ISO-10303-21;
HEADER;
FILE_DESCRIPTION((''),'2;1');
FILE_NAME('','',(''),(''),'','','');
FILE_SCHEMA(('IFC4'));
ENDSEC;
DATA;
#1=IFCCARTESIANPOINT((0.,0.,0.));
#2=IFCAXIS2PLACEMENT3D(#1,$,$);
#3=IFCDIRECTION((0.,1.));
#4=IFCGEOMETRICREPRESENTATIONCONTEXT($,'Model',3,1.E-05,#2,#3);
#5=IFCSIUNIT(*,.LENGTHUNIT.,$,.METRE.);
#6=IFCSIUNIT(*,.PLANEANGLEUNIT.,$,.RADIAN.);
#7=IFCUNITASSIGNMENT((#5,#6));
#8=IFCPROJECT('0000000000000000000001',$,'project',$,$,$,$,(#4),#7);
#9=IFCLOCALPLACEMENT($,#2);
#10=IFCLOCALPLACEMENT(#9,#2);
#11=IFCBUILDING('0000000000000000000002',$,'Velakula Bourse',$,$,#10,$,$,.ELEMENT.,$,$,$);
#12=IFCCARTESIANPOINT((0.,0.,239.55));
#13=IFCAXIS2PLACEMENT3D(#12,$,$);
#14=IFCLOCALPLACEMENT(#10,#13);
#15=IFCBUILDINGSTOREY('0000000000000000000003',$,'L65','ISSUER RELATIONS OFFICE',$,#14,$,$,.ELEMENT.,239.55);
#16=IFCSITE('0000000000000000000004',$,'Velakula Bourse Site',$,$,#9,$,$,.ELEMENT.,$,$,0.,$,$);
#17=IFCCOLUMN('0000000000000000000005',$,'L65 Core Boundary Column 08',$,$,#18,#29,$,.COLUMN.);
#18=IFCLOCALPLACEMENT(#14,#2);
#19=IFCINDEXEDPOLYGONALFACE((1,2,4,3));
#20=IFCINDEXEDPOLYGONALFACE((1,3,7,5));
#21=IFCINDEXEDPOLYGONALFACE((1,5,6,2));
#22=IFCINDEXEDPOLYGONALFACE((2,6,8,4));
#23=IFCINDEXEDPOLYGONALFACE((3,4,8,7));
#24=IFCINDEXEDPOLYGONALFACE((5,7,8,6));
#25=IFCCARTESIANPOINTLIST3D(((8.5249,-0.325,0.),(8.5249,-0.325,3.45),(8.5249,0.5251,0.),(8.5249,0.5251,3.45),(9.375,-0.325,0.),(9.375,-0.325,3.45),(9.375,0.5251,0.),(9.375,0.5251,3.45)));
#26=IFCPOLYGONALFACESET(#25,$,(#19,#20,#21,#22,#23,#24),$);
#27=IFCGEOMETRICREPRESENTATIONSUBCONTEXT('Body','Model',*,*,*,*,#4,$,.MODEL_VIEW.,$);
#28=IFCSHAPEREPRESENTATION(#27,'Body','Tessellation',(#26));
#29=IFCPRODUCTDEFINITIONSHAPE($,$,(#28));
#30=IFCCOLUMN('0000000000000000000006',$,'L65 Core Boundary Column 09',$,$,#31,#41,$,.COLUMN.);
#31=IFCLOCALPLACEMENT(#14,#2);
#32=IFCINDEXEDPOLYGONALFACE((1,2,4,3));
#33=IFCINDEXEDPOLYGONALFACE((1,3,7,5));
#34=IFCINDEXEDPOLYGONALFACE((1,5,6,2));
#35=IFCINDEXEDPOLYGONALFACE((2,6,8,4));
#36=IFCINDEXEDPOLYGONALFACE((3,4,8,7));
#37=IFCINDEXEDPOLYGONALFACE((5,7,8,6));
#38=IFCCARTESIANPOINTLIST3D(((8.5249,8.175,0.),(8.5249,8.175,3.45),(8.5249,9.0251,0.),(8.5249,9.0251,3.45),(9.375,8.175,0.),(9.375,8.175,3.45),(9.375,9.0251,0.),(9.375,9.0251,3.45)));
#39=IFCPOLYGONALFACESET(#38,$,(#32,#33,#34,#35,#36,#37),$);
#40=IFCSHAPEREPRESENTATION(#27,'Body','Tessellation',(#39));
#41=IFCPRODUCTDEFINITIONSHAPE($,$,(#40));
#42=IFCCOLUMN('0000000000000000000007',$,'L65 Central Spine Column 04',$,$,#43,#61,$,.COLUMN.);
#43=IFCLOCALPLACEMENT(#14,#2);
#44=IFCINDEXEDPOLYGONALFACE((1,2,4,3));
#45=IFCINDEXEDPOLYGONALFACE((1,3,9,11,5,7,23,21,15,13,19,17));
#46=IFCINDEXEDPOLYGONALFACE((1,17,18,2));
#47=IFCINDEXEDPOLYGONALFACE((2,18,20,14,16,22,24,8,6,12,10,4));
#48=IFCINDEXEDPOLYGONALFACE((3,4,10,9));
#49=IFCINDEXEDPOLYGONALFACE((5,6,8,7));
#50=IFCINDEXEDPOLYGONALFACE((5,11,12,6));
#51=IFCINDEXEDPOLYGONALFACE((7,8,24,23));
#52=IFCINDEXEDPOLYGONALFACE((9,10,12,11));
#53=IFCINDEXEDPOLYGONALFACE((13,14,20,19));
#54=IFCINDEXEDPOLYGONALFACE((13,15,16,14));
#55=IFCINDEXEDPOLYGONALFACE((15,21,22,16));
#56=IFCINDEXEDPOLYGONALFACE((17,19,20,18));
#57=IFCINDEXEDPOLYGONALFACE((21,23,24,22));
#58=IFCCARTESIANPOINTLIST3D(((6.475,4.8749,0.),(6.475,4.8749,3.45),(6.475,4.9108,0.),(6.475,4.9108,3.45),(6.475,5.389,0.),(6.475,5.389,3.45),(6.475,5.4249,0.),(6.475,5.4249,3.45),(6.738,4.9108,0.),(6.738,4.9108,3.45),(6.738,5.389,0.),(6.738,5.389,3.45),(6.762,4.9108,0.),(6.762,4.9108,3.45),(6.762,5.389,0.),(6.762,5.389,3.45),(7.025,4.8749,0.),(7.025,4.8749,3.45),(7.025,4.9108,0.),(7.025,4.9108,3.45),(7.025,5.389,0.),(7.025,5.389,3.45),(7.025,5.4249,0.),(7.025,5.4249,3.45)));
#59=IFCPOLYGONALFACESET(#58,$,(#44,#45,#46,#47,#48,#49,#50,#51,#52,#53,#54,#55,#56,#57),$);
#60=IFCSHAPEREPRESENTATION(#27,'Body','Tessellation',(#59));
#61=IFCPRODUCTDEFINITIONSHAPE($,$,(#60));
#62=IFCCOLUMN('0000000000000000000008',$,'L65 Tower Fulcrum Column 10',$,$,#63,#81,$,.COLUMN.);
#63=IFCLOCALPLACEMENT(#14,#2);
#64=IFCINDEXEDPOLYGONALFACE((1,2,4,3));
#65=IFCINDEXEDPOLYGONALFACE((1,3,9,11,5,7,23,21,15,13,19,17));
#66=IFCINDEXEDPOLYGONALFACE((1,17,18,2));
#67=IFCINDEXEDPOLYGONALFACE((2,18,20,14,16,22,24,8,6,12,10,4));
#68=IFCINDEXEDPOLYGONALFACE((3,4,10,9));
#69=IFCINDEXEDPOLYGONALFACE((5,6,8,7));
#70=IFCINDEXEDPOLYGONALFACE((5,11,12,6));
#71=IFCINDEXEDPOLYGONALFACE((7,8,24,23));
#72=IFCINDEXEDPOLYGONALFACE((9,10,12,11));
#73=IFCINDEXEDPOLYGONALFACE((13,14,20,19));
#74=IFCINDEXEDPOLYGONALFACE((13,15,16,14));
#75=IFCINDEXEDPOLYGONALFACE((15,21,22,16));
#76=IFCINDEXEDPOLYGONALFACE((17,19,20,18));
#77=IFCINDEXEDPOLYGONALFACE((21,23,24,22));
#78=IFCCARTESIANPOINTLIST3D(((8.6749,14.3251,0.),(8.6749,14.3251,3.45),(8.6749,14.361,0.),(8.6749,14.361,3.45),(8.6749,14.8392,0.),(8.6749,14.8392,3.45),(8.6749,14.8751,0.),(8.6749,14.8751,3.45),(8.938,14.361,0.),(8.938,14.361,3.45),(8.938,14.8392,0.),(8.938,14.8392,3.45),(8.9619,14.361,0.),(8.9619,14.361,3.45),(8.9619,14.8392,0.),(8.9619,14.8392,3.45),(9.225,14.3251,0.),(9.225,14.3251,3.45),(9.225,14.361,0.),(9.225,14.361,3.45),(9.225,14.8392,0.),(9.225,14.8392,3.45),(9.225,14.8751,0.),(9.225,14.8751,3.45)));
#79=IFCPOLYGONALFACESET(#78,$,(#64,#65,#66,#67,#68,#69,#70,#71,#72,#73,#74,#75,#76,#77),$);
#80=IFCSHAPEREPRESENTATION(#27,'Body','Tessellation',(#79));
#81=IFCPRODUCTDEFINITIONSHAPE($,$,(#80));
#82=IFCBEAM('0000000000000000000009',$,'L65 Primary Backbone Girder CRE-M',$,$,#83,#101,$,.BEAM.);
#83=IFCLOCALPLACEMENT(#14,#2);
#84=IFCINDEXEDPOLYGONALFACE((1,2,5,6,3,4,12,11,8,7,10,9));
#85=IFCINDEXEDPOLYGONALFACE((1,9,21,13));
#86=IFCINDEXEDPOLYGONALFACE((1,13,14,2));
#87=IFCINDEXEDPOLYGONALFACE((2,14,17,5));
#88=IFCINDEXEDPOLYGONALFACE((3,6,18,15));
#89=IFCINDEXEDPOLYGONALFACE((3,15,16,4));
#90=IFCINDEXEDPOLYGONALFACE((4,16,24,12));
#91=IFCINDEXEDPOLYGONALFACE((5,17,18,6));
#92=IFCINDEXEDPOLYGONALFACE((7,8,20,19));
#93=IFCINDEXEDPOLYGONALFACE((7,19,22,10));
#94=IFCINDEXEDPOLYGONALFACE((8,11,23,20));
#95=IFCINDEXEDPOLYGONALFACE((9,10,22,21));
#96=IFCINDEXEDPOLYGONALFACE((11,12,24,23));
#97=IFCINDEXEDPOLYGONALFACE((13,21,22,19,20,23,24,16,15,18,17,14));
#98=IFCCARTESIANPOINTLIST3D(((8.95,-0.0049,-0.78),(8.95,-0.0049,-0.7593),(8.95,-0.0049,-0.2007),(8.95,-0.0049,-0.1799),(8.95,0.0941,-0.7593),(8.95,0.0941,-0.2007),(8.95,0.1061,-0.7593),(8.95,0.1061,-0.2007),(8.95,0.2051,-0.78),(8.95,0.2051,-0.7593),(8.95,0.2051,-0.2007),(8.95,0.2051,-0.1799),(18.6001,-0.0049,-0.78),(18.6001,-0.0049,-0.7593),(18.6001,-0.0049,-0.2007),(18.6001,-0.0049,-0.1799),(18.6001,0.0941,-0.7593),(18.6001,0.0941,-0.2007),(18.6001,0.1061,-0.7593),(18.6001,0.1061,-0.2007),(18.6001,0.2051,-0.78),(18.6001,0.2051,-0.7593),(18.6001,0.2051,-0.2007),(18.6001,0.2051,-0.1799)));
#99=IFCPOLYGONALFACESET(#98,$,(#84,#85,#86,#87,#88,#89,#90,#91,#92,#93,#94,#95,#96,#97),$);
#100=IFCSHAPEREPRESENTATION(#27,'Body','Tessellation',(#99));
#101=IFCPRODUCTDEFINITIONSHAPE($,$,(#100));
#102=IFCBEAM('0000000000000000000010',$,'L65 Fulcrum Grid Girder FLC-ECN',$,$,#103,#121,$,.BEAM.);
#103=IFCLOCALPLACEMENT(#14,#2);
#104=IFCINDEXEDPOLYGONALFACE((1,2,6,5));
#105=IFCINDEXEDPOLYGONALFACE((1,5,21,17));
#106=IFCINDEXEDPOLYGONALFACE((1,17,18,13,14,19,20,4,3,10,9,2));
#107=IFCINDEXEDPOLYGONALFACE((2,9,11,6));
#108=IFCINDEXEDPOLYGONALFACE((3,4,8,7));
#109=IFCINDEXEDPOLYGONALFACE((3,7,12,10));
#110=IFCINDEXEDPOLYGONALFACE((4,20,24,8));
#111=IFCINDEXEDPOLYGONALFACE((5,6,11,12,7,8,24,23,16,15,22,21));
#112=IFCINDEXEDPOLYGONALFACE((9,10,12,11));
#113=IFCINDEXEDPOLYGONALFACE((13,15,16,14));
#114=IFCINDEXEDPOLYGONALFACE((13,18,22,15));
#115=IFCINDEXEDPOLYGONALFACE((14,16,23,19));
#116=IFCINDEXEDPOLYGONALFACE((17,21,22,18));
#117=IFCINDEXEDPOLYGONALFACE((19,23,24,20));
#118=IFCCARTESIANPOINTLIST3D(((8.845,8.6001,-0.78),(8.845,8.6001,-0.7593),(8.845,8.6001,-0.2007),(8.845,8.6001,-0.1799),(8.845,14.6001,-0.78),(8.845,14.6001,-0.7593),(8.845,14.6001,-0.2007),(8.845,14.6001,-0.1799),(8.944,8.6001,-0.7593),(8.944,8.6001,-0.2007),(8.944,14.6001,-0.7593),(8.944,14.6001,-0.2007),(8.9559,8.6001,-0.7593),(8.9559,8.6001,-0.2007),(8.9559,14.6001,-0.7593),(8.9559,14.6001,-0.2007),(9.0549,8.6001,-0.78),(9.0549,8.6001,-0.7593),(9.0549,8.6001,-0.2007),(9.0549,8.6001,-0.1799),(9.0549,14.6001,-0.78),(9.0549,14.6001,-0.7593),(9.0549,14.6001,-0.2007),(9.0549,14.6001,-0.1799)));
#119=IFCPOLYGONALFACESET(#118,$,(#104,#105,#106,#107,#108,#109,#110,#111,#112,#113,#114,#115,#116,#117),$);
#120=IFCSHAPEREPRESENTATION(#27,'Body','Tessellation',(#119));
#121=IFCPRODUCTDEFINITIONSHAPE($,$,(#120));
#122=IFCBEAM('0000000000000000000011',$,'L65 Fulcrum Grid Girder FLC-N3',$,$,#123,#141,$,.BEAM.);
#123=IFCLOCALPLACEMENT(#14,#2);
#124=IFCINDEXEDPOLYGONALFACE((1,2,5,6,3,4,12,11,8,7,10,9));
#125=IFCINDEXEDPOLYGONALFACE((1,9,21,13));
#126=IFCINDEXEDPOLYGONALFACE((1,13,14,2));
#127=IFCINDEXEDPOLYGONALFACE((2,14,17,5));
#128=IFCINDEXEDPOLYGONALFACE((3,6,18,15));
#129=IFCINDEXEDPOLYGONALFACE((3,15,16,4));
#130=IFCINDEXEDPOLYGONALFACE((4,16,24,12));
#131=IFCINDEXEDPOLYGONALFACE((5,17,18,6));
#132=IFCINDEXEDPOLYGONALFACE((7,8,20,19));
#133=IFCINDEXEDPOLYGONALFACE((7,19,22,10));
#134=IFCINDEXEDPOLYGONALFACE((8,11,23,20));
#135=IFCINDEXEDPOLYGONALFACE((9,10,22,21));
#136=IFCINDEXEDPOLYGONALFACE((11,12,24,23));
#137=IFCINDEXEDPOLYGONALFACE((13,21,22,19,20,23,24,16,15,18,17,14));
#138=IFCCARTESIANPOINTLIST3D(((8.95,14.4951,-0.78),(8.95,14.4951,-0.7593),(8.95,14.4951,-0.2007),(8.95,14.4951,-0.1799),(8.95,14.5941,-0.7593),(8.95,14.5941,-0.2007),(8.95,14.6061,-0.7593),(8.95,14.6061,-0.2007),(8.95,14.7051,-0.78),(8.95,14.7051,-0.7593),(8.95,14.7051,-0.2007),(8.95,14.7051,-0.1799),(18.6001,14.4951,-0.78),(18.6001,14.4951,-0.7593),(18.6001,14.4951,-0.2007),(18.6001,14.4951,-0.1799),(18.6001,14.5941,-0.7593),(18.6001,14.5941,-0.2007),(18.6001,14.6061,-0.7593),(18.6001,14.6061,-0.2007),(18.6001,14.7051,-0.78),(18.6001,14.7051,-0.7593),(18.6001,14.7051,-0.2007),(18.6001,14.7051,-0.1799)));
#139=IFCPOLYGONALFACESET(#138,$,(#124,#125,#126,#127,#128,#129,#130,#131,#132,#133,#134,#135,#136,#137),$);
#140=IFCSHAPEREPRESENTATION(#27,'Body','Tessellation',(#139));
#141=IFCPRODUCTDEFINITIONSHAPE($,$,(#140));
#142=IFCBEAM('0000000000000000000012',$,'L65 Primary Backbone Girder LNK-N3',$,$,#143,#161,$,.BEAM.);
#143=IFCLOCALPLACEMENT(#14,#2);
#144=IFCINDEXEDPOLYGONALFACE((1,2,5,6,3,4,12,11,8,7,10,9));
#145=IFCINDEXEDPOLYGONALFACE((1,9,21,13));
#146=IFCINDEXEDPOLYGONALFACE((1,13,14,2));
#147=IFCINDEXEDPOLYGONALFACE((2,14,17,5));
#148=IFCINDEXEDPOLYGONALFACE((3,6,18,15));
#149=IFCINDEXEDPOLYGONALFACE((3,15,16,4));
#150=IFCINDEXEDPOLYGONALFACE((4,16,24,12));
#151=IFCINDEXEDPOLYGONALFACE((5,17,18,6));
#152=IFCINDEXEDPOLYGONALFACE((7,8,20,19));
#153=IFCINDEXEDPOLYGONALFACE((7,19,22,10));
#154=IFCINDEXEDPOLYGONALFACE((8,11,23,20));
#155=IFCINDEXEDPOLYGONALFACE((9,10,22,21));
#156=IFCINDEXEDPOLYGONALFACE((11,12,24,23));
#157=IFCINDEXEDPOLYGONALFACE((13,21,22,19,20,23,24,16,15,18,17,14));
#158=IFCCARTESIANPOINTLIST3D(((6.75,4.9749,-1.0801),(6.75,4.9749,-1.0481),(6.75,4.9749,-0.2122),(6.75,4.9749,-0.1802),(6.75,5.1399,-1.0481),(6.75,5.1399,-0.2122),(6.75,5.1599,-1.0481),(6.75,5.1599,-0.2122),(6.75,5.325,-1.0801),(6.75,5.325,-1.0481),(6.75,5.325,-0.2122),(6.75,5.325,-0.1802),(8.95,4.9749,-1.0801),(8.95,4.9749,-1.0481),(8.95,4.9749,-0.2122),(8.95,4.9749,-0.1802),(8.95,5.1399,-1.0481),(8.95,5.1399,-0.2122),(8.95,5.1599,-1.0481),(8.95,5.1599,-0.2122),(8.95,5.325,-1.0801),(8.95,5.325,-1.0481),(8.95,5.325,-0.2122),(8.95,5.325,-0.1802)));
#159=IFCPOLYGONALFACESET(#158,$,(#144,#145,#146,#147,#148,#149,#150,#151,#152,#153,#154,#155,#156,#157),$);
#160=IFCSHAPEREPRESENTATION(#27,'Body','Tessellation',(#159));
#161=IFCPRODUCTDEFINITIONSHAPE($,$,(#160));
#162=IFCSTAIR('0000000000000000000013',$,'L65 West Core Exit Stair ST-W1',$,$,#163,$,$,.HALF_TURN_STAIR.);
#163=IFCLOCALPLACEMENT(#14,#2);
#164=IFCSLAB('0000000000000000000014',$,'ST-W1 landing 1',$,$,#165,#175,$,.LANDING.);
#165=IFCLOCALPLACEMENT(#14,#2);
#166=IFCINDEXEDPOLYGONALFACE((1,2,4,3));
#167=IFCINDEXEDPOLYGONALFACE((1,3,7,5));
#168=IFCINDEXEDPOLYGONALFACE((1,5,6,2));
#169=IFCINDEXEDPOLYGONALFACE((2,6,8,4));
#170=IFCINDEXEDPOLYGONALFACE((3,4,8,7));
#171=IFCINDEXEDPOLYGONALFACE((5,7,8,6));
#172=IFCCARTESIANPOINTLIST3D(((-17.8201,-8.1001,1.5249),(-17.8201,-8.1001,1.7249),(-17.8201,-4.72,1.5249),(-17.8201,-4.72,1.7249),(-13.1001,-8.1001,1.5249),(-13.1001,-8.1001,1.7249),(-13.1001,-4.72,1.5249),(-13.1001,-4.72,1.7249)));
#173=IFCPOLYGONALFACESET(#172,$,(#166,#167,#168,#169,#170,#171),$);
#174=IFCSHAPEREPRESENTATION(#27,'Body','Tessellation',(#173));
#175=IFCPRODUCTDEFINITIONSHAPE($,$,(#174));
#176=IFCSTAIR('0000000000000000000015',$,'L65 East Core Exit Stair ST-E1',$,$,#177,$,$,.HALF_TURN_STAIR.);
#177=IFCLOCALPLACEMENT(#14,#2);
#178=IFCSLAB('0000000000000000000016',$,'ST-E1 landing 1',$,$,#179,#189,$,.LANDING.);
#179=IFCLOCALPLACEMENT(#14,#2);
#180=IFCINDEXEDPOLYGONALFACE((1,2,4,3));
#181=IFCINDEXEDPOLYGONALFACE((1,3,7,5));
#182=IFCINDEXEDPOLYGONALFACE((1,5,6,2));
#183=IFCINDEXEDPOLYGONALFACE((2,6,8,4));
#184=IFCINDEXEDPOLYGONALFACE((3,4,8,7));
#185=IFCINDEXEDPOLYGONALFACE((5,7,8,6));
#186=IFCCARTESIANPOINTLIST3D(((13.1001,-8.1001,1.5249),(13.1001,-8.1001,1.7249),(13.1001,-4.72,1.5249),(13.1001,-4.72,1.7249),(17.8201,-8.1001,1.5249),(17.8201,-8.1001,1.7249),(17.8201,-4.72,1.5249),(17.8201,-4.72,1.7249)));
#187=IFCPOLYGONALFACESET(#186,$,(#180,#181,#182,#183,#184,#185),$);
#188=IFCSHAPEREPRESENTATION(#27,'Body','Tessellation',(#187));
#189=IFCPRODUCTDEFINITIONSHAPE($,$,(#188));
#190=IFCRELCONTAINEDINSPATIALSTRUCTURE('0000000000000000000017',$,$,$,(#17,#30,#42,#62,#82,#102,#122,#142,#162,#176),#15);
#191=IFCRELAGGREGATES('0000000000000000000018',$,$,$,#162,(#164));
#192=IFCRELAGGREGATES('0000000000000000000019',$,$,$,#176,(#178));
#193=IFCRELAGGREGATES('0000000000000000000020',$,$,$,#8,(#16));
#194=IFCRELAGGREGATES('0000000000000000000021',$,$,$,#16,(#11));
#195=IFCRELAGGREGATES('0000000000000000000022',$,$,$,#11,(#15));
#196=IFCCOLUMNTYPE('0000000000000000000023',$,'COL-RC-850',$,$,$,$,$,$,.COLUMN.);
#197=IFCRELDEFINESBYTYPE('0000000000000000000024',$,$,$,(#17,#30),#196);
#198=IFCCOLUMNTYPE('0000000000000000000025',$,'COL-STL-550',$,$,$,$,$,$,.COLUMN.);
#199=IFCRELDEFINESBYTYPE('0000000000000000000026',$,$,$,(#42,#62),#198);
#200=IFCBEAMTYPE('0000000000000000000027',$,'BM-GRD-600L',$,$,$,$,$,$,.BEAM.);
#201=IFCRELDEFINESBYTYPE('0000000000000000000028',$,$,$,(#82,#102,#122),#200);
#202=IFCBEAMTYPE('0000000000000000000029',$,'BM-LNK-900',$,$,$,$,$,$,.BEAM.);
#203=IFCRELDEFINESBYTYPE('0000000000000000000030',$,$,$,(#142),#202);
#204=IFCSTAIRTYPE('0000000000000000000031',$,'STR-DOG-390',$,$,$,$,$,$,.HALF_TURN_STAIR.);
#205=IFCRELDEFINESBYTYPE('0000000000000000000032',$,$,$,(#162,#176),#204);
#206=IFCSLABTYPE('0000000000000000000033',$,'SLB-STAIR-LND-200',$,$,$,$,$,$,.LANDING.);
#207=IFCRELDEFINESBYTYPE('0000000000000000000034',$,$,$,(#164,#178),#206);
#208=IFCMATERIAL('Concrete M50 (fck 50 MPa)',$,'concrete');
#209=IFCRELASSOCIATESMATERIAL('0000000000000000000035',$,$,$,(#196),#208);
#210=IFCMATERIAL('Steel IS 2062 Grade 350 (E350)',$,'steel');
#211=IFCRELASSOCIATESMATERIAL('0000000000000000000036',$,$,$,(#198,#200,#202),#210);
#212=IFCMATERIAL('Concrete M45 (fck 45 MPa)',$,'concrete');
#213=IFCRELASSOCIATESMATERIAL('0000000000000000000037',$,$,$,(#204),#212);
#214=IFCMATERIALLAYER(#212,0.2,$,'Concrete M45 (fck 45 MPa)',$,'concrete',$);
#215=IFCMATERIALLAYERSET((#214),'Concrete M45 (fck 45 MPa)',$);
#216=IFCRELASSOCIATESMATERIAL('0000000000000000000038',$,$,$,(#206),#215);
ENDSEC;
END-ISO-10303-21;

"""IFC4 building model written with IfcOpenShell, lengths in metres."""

from ifc_helpers import new_model, si_unit, direction, frame, origin, origin_2d, place, context, subcontext, project, spatial, polyline, rectangle, i_section, outline, extrude, material, layer, layer_set, material_profile, profile_set, type_object, element, aggregate, save


model = new_model("IFC4")

# Units and contexts
model_context = context("Model", 3, precision=1e-05, world=origin(), true_north=direction((0.0, 1.0)))
body_context = subcontext(model_context, "Body", "Model", "MODEL_VIEW")
ifc_project = project(units=[si_unit("LENGTHUNIT", "METRE"), si_unit("PLANEANGLEUNIT", "RADIAN")], contexts=[model_context])

# Site, building, storey
site_placement = place(None, origin())
site = spatial("IfcSite", under=ifc_project, at=site_placement, Name="Velakula Bourse Site", CompositionType="ELEMENT", RefElevation=0.0)
building_placement = place(site_placement, origin())
building = spatial("IfcBuilding", under=site, at=building_placement, Name="Velakula Bourse", CompositionType="ELEMENT")
storey_placement = place(building_placement, frame((0.0, 0.0, 239.55)))
storey = spatial("IfcBuildingStorey", under=building, at=storey_placement, Name="L65", Description="ISSUER RELATIONS OFFICE", CompositionType="ELEMENT", Elevation=239.55)

# Columns
ifc_material_1 = material(Name="Concrete M50 (fck 50 MPa)", Category="concrete")
ifc_material_profile_1 = material_profile(ifc_material_1, rectangle(XDim=0.8501, YDim=0.8501, at=origin_2d()), Name="Concrete M50 (fck 50 MPa)")
ifc_profile_set_1 = profile_set([ifc_material_profile_1], Name="Concrete M50 (fck 50 MPa)")
column_type_1 = type_object("IfcColumnType", Name="COL-RC-850", PredefinedType="COLUMN", material=ifc_profile_set_1)
for number, where, z_axis, x_axis, name in (
    (1, (8.95, 0.1001, 0.0), (0.0, 0.0, 1.0), (1.0, 0.0, 0.0), "L65 Core Boundary Column 08"),
    (2, (8.95, 8.6001, 0.0), (0.0, 0.0, 1.0), (1.0, 0.0, 0.0), "L65 Core Boundary Column 09"),
):
    element("IfcColumn", number, at=place(storey_placement, frame(where, z_axis=z_axis, x_axis=x_axis)), inside=storey, type_object=column_type_1, Name=name, PredefinedType="COLUMN", context=body_context, shape_type="SweptSolid", body=[
        extrude(rectangle(XDim=0.8501, YDim=0.8501, at=origin_2d()), origin(), (0.0, 0.0, 1.0), 3.45),
    ])
ifc_material_2 = material(Name="Steel IS 2062 Grade 350 (E350)", Category="steel")
ifc_material_profile_2 = material_profile(ifc_material_2, i_section(OverallWidth=0.55, OverallDepth=0.55, WebThickness=0.0239, FlangeThickness=0.0359, at=origin_2d()), Name="Steel IS 2062 Grade 350 (E350)")
ifc_profile_set_2 = profile_set([ifc_material_profile_2], Name="Steel IS 2062 Grade 350 (E350)")
column_type_2 = type_object("IfcColumnType", Name="COL-STL-550", PredefinedType="COLUMN", material=ifc_profile_set_2)
for number, where, z_axis, x_axis, name in (
    (3, (6.75, 5.1499, 0.0), (0.0, 0.0, 1.0), (1.0, 0.0, 0.0), "L65 Central Spine Column 04"),
    (4, (8.95, 14.6001, 0.0), (0.0, 0.0, 1.0), (1.0, 0.0, 0.0), "L65 Tower Fulcrum Column 10"),
):
    element("IfcColumn", number, at=place(storey_placement, frame(where, z_axis=z_axis, x_axis=x_axis)), inside=storey, type_object=column_type_2, Name=name, PredefinedType="COLUMN", context=body_context, shape_type="SweptSolid", body=[
        extrude(i_section(OverallWidth=0.55, OverallDepth=0.55, WebThickness=0.0239, FlangeThickness=0.0359, at=origin_2d()), origin(), (0.0, 0.0, 1.0), 3.45),
    ])

# Beams
ifc_material_profile_3 = material_profile(ifc_material_2, i_section(OverallWidth=0.21, OverallDepth=0.6001, WebThickness=0.012, FlangeThickness=0.0208, at=origin_2d()), Name="Steel IS 2062 Grade 350 (E350)")
ifc_profile_set_3 = profile_set([ifc_material_profile_3], Name="Steel IS 2062 Grade 350 (E350)")
beam_type_1 = type_object("IfcBeamType", Name="BM-GRD-600L", PredefinedType="BEAM", material=ifc_profile_set_3)
beam_1_placement = place(storey_placement, frame((8.95, 0.1001, -0.48), z_axis=(1.0, 0.0, 0.0), x_axis=(0.0, 1.0, 0.0)))
element("IfcBeam", 5, at=beam_1_placement, inside=storey, type_object=beam_type_1, Name="L65 Primary Backbone Girder CRE-M", PredefinedType="BEAM", context=body_context, shape_type="SweptSolid", body=[
    extrude(i_section(OverallWidth=0.21, OverallDepth=0.6001, WebThickness=0.012, FlangeThickness=0.0208, at=origin_2d()), origin(), (0.0, 0.0, 1.0), 9.6501),
])
beam_2_placement = place(storey_placement, frame((8.95, 8.6001, -0.48), z_axis=(0.0, 1.0, 0.0), x_axis=(-1.0, 0.0, 0.0)))
element("IfcBeam", 6, at=beam_2_placement, inside=storey, type_object=beam_type_1, Name="L65 Fulcrum Grid Girder FLC-ECN", PredefinedType="BEAM", context=body_context, shape_type="SweptSolid", body=[
    extrude(i_section(OverallWidth=0.21, OverallDepth=0.6001, WebThickness=0.012, FlangeThickness=0.0208, at=origin_2d()), origin(), (0.0, 0.0, 1.0), 6.0),
])
beam_3_placement = place(storey_placement, frame((8.95, 14.6001, -0.48), z_axis=(1.0, 0.0, 0.0), x_axis=(0.0, 1.0, 0.0)))
element("IfcBeam", 7, at=beam_3_placement, inside=storey, type_object=beam_type_1, Name="L65 Fulcrum Grid Girder FLC-N3", PredefinedType="BEAM", context=body_context, shape_type="SweptSolid", body=[
    extrude(i_section(OverallWidth=0.21, OverallDepth=0.6001, WebThickness=0.012, FlangeThickness=0.0208, at=origin_2d()), origin(), (0.0, 0.0, 1.0), 9.6501),
])
ifc_material_profile_4 = material_profile(ifc_material_2, i_section(OverallWidth=0.3501, OverallDepth=0.8999, WebThickness=0.02, FlangeThickness=0.032, at=origin_2d()), Name="Steel IS 2062 Grade 350 (E350)")
ifc_profile_set_4 = profile_set([ifc_material_profile_4], Name="Steel IS 2062 Grade 350 (E350)")
beam_type_2 = type_object("IfcBeamType", Name="BM-LNK-900", PredefinedType="BEAM", material=ifc_profile_set_4)
beam_4_placement = place(storey_placement, frame((6.75, 5.1499, -0.6301), z_axis=(1.0, 0.0, 0.0), x_axis=(0.0, 1.0, 0.0)))
element("IfcBeam", 8, at=beam_4_placement, inside=storey, type_object=beam_type_2, Name="L65 Primary Backbone Girder LNK-N3", PredefinedType="BEAM", context=body_context, shape_type="SweptSolid", body=[
    extrude(i_section(OverallWidth=0.3501, OverallDepth=0.8999, WebThickness=0.02, FlangeThickness=0.032, at=origin_2d()), origin(), (0.0, 0.0, 1.0), 2.2),
])

# Stairs, slabs
ifc_material_3 = material(Name="Concrete M45 (fck 45 MPa)", Category="concrete")
stair_type = type_object("IfcStairType", Name="STR-DOG-390", PredefinedType="HALF_TURN_STAIR", material=ifc_material_3)
stair_1_placement = place(storey_placement, origin())
stair_1 = element("IfcStair", 9, at=stair_1_placement, inside=storey, type_object=stair_type, Name="L65 West Core Exit Stair ST-W1", PredefinedType="HALF_TURN_STAIR")
ifc_layer_1 = layer(ifc_material_3, 0.2, Name="Concrete M45 (fck 45 MPa)", Category="concrete")
ifc_layer_set_1 = layer_set([ifc_layer_1], Name="Concrete M45 (fck 45 MPa)")
slab_type_1 = type_object("IfcSlabType", Name="SLB-STAIR-LND-200", PredefinedType="LANDING", material=ifc_layer_set_1)
slab_1_placement = place(storey_placement, frame((0.0, 0.0, 1.5249)))
slab_1 = element("IfcSlab", 10, at=slab_1_placement, type_object=slab_type_1, Name="ST-W1 landing 1", PredefinedType="LANDING", context=body_context, shape_type="SweptSolid", body=[
    extrude(outline(polyline([(-17.8201, -4.72), (-17.8201, -8.1001), (-13.1001, -8.1001), (-13.1001, -4.72), (-17.8201, -4.72)])), origin(), (0.0, 0.0, 1.0), 0.2),
])
aggregate(stair_1, [slab_1])
stair_2_placement = place(storey_placement, origin())
stair_2 = element("IfcStair", 11, at=stair_2_placement, inside=storey, type_object=stair_type, Name="L65 East Core Exit Stair ST-E1", PredefinedType="HALF_TURN_STAIR")
slab_2_placement = place(storey_placement, frame((0.0, 0.0, 1.5249)))
slab_2 = element("IfcSlab", 12, at=slab_2_placement, type_object=slab_type_1, Name="ST-E1 landing 1", PredefinedType="LANDING", context=body_context, shape_type="SweptSolid", body=[
    extrude(outline(polyline([(13.1001, -4.72), (13.1001, -8.1001), (17.8201, -8.1001), (17.8201, -4.72), (13.1001, -4.72)])), origin(), (0.0, 0.0, 1.0), 0.2),
])
aggregate(stair_2, [slab_2])

save(model, "model.ifc")
